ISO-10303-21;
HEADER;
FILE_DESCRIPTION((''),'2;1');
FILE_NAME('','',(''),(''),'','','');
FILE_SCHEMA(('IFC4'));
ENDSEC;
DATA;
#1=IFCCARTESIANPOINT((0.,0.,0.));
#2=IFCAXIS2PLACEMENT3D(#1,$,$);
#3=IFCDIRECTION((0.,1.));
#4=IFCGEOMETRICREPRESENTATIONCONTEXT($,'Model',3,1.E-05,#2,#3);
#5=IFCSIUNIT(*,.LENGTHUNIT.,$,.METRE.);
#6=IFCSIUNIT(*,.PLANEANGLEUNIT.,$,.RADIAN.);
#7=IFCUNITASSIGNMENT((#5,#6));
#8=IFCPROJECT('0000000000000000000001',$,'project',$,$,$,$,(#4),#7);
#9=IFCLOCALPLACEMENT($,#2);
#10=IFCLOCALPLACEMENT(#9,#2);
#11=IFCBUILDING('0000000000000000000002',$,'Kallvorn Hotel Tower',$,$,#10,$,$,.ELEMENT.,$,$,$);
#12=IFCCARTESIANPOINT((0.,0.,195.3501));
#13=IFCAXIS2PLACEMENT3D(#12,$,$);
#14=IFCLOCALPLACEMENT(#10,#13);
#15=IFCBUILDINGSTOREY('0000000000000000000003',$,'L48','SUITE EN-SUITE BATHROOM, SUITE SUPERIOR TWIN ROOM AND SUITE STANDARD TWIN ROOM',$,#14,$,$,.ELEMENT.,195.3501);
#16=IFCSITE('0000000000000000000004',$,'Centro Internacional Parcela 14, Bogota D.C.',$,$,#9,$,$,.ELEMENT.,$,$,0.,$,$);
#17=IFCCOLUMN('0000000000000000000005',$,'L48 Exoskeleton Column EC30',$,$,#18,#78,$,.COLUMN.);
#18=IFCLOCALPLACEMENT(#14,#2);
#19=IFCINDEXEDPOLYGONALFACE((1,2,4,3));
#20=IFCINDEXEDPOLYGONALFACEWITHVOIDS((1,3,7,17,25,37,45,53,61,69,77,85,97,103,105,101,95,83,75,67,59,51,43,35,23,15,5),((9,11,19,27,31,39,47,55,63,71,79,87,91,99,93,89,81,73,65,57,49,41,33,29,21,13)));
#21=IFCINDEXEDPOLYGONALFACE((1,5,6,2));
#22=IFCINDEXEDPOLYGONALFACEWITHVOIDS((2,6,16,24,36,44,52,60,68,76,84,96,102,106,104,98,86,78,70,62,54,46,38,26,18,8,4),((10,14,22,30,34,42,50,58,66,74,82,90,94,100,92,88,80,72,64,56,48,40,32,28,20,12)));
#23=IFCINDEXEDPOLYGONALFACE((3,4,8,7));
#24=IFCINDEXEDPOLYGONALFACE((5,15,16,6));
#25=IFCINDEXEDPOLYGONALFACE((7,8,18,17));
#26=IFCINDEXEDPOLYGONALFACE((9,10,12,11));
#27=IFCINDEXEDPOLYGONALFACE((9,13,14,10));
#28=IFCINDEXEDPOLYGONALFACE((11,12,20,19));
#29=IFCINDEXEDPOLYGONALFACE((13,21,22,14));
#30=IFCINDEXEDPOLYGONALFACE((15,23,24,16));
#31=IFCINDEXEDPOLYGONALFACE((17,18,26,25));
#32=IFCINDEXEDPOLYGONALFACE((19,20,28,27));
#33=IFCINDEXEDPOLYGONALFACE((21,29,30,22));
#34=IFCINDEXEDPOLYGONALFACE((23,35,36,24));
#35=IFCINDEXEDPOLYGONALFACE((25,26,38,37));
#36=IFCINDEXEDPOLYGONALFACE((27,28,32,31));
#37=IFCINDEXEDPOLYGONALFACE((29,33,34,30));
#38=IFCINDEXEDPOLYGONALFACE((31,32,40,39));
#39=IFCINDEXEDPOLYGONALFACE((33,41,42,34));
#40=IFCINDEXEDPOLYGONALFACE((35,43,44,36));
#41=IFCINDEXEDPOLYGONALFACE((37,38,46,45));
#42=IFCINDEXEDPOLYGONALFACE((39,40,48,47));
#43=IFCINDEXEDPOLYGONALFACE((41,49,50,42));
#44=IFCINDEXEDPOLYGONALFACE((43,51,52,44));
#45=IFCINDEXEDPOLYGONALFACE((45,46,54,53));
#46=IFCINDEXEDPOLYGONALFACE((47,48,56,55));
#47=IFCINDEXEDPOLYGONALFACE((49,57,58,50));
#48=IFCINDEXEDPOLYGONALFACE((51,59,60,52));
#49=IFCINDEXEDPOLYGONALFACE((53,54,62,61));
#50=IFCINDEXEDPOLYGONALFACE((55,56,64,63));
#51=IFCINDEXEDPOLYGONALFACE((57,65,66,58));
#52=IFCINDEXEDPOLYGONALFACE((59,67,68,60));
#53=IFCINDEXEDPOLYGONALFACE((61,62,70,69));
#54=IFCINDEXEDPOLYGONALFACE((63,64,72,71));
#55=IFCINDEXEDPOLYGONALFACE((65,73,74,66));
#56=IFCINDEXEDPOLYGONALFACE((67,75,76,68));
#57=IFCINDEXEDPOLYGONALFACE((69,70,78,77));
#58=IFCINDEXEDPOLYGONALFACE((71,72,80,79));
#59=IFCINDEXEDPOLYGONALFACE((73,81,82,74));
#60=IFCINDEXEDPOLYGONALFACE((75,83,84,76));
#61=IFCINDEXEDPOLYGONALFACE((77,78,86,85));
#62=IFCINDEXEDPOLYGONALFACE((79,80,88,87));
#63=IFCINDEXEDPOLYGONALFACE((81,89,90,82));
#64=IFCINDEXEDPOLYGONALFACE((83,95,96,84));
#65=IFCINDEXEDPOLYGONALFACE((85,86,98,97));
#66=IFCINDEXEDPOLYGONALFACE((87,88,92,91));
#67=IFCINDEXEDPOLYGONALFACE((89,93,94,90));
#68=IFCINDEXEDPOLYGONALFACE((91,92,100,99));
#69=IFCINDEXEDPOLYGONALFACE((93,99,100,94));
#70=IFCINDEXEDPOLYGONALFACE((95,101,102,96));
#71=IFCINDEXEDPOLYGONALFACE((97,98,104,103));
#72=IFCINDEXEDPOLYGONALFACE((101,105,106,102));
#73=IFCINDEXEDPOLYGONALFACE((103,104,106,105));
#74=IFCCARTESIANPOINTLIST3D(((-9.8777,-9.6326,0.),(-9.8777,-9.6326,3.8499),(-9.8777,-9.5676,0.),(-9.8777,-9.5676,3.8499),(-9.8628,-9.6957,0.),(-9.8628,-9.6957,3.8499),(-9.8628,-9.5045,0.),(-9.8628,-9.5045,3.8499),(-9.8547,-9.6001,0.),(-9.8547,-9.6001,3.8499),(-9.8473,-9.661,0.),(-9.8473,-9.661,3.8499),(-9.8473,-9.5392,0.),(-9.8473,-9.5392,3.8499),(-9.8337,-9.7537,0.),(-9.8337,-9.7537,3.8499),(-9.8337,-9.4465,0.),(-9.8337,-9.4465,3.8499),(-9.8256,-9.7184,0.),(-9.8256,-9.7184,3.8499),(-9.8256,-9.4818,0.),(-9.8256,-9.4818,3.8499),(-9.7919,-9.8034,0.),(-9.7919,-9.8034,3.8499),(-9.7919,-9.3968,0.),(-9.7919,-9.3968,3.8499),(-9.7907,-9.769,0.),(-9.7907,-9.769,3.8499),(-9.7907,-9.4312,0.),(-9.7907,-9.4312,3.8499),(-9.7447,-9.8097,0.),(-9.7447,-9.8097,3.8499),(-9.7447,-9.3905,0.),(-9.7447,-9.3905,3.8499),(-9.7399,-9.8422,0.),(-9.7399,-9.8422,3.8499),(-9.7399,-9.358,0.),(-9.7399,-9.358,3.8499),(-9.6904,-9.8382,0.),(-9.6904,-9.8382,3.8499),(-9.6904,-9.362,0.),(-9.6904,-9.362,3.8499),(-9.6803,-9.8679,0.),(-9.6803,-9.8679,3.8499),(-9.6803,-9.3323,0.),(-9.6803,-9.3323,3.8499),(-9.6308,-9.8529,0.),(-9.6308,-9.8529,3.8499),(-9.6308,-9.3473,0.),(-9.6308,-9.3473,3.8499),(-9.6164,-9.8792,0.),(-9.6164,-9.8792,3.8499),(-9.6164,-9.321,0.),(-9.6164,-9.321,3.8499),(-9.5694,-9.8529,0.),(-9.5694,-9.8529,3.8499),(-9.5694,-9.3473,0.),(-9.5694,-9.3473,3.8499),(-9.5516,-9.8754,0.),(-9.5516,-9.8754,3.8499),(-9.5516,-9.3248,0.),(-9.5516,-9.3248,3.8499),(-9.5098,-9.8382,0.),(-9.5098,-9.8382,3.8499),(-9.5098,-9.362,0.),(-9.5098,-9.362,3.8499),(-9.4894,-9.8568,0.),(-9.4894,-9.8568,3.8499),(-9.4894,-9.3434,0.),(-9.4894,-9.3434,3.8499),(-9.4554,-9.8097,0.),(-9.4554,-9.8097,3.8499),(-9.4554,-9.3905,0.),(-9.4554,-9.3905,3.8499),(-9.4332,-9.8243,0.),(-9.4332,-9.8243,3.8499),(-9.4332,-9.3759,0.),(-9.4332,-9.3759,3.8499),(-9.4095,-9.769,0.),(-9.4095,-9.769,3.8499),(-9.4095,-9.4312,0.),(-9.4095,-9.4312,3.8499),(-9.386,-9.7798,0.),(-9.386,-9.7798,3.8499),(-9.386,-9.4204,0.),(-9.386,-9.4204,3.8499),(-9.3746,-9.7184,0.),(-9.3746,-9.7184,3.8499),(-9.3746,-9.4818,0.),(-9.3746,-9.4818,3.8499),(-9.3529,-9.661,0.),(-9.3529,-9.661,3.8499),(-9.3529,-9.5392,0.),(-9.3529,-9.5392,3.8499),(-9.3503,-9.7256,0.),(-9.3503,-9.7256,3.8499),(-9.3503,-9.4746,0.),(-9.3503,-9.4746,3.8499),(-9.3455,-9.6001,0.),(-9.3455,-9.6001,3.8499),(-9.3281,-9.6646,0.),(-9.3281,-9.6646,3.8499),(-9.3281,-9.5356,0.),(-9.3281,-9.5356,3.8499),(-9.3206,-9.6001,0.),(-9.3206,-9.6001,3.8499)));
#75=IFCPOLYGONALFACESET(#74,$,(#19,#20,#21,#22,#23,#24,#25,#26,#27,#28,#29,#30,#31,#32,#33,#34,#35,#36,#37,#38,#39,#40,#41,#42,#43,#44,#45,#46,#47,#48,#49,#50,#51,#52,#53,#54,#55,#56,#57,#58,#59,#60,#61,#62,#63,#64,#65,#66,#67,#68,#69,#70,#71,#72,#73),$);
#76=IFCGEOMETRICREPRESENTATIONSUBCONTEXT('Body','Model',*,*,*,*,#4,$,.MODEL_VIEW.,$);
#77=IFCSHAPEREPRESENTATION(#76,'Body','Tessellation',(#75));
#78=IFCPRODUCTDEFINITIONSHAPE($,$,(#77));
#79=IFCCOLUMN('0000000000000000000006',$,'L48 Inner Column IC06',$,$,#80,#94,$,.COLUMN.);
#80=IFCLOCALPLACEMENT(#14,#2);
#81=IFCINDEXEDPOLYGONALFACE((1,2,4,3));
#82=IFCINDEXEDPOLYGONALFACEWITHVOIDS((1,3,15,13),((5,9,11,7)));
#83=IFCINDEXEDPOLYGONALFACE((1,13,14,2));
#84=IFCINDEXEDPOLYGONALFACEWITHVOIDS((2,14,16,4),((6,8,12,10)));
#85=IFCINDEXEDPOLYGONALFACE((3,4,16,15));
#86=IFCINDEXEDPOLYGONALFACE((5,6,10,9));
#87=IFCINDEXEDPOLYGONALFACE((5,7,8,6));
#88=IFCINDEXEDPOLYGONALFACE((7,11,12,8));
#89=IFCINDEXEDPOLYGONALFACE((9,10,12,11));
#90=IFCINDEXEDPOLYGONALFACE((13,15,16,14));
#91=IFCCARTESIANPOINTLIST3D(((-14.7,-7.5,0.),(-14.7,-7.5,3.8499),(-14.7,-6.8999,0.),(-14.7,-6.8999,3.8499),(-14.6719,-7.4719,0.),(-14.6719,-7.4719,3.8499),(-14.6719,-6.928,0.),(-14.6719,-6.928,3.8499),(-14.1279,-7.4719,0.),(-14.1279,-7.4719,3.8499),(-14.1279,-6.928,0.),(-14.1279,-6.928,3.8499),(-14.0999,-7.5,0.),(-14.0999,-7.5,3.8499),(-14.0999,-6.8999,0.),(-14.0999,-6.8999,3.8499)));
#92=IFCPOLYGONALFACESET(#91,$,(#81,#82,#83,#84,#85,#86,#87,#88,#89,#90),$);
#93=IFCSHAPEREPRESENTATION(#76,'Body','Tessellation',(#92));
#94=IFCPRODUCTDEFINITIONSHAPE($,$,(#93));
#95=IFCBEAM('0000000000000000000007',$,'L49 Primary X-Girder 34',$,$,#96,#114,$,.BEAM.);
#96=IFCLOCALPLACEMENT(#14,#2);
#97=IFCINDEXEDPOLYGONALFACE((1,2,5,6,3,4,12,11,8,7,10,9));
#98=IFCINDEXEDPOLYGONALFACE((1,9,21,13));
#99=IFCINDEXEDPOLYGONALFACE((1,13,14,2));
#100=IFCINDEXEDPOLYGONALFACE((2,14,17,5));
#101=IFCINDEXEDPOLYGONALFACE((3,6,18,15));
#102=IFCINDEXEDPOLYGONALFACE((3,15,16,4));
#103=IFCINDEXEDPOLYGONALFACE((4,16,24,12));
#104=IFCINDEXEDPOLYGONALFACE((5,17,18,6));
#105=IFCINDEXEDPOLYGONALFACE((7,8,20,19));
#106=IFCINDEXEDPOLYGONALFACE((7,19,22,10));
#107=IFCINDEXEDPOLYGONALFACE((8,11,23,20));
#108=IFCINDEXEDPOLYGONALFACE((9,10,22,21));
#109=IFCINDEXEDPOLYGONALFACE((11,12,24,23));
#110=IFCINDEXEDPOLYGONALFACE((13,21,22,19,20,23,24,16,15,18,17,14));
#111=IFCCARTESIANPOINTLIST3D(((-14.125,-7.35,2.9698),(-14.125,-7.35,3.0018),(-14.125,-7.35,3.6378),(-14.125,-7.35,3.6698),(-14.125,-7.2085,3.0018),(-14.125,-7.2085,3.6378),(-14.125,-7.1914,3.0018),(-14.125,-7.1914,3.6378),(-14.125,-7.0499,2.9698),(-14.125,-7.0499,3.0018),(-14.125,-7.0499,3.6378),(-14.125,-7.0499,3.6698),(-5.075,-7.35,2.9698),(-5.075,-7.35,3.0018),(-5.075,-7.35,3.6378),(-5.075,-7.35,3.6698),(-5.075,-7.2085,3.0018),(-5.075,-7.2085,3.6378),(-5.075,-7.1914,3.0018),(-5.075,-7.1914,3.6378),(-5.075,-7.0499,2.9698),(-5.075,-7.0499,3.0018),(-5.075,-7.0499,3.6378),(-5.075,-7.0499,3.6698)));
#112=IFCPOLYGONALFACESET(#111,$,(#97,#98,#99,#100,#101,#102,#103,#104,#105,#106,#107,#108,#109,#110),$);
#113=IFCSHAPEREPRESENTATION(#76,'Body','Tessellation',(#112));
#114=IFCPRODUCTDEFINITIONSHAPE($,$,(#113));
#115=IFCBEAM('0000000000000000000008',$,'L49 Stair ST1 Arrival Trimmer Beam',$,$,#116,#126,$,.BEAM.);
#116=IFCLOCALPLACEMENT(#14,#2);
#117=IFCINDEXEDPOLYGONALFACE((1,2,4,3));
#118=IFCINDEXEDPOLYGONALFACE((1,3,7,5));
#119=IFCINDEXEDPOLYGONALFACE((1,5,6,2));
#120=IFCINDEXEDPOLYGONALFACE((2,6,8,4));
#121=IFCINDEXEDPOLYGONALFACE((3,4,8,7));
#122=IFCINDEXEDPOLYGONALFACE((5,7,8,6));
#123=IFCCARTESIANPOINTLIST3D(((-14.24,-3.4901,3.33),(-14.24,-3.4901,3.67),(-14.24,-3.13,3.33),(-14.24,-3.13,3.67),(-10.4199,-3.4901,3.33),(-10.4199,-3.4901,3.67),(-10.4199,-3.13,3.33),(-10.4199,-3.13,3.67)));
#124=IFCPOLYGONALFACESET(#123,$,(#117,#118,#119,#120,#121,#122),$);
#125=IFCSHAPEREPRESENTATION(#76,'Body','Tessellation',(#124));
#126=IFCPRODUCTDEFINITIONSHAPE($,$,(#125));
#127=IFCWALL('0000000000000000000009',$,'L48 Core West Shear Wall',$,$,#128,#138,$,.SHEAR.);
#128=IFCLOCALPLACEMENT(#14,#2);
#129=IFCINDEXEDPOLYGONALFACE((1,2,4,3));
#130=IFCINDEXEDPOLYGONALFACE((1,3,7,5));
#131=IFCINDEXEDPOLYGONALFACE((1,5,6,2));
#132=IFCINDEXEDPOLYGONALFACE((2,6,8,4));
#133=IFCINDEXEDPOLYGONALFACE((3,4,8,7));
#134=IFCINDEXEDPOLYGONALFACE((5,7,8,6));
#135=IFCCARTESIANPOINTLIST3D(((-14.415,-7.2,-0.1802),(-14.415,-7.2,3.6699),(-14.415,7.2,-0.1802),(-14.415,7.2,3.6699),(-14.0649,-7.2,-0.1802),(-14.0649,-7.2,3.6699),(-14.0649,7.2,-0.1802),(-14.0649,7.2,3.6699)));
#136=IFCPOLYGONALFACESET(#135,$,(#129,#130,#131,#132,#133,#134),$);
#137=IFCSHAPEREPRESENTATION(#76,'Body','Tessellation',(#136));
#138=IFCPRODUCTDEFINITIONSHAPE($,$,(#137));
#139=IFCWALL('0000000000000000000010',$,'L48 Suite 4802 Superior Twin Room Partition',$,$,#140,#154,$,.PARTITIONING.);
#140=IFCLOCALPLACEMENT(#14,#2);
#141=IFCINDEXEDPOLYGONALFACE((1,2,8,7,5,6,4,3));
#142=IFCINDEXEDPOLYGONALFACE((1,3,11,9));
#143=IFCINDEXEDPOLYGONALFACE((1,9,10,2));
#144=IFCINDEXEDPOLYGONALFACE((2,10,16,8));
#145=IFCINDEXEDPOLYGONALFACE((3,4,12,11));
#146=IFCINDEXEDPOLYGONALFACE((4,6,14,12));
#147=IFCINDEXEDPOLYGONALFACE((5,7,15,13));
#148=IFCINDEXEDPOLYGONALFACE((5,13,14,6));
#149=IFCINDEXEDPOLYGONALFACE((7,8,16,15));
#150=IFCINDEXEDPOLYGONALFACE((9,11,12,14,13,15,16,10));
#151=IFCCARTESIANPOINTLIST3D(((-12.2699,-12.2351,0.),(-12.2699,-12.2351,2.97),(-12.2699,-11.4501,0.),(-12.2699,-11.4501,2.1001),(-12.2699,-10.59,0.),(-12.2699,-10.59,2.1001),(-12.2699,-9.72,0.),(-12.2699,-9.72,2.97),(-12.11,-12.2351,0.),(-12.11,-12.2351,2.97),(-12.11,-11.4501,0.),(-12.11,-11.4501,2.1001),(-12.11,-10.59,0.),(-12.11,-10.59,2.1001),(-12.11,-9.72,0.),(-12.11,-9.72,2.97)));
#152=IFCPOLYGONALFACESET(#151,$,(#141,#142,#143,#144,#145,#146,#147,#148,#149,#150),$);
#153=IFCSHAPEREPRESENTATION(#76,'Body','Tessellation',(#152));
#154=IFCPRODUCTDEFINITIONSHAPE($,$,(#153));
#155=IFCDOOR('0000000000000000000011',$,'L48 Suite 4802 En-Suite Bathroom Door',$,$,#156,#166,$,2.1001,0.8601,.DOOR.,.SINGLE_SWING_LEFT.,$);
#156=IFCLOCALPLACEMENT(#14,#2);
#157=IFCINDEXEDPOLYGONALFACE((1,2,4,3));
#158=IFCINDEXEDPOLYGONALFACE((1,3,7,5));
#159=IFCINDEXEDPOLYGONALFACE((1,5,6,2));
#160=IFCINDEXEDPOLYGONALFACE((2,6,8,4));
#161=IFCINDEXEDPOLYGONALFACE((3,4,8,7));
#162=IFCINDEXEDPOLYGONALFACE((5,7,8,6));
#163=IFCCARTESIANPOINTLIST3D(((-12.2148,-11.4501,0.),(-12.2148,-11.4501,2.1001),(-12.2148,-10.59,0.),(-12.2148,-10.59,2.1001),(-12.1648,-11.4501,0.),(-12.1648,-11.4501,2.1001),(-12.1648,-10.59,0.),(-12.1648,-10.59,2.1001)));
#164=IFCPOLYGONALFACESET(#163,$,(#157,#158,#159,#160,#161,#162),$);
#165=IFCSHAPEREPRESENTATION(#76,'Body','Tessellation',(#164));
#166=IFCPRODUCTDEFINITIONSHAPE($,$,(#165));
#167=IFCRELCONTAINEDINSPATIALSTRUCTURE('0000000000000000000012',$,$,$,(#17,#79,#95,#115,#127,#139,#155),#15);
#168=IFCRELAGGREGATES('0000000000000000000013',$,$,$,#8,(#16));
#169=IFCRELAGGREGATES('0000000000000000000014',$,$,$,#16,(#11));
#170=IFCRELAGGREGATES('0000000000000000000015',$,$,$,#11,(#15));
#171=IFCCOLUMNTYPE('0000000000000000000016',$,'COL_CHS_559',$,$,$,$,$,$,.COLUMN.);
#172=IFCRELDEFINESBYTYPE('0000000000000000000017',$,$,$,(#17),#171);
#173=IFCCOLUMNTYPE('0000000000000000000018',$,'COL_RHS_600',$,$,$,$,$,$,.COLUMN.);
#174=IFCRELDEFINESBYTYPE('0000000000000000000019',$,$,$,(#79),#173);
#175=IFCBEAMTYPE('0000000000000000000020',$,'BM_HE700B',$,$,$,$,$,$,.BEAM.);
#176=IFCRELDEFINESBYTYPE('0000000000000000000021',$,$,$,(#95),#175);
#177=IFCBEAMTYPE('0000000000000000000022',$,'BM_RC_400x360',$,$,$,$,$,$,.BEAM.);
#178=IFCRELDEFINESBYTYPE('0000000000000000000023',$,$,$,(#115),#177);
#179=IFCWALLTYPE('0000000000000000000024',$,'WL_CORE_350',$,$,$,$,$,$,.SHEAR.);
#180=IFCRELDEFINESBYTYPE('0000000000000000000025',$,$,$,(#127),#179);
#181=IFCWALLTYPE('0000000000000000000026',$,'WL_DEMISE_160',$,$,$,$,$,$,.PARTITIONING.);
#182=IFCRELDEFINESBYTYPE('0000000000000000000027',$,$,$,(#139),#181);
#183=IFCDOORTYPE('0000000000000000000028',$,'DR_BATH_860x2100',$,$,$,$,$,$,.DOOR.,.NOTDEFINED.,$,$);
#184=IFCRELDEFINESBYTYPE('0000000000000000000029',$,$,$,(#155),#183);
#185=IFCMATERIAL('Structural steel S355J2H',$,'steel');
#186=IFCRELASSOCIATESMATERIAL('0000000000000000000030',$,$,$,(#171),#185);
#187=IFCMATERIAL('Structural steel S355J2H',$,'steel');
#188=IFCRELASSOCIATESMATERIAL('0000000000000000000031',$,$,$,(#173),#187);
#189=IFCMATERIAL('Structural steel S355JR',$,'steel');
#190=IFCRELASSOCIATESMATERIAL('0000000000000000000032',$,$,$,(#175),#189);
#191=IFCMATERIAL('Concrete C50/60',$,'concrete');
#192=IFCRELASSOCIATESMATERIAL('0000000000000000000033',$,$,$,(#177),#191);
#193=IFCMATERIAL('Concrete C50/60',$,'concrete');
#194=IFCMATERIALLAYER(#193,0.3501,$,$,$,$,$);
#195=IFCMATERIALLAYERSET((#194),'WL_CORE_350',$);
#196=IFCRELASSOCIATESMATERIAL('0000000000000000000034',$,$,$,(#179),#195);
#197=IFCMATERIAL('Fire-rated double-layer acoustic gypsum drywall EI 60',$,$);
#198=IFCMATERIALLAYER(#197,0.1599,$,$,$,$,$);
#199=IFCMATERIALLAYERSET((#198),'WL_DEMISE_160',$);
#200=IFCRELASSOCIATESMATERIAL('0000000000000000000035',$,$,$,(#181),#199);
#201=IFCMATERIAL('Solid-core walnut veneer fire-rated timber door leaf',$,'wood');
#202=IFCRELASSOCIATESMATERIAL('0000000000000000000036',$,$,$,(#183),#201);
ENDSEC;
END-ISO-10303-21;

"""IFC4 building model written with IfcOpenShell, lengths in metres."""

from ifc_helpers import new_model, si_unit, direction, frame, frame_2d, origin, origin_2d, place, context, subcontext, project, spatial, rectangle, hollow_rectangle, hollow_circle, i_section, extrude, material, layer, layer_set, material_profile, profile_set, type_object, element, fill, save


model = new_model("IFC4")

# Units and contexts
model_context = context("Model", 3, precision=1e-05, world=origin(), true_north=direction((0.0, 1.0)))
body_context = subcontext(model_context, "Body", "Model", "MODEL_VIEW")
ifc_project = project(units=[si_unit("LENGTHUNIT", "METRE"), si_unit("PLANEANGLEUNIT", "RADIAN")], contexts=[model_context])

# Site, building, storey
site_placement = place(None, origin())
site = spatial("IfcSite", under=ifc_project, at=site_placement, Name="Centro Internacional Parcela 14, Bogota D.C.", CompositionType="ELEMENT", RefElevation=0.0)
building_placement = place(site_placement, origin())
building = spatial("IfcBuilding", under=site, at=building_placement, Name="Kallvorn Hotel Tower", CompositionType="ELEMENT")
storey_placement = place(building_placement, frame((0.0, 0.0, 195.3501)))
storey = spatial("IfcBuildingStorey", under=building, at=storey_placement, Name="L48", Description="SUITE EN-SUITE BATHROOM, SUITE SUPERIOR TWIN ROOM AND SUITE STANDARD TWIN ROOM", CompositionType="ELEMENT", Elevation=195.3501)

# Columns
ifc_material_1 = material(Name="Structural steel S355J2H", Category="steel")
ifc_material_profile_1 = material_profile(ifc_material_1, hollow_circle(Radius=0.2795, WallThickness=0.0249, at=origin_2d()), Name="CHS 559x25")
ifc_profile_set_1 = profile_set([ifc_material_profile_1], Name="Structural steel S355J2H")
column_type_1 = type_object("IfcColumnType", Name="COL_CHS_559", PredefinedType="COLUMN", material=ifc_profile_set_1)
column_1_placement = place(storey_placement, frame((-9.6001, -9.6001, 0.0), z_axis=(0.0, 0.0, 1.0), x_axis=(1.0, 0.0, 0.0)))
element("IfcColumn", 1, at=column_1_placement, inside=storey, type_object=column_type_1, Name="L48 Exoskeleton Column EC30", PredefinedType="COLUMN", context=body_context, shape_type="SweptSolid", body=[
    extrude(hollow_circle(Radius=0.2795, WallThickness=0.0249, at=origin_2d()), origin(), (0.0, 0.0, 1.0), 3.8499),
])
ifc_material_2 = material(Name="Structural steel S355J2H", Category="steel")
ifc_material_profile_2 = material_profile(ifc_material_2, hollow_rectangle(XDim=0.6001, YDim=0.6001, WallThickness=0.0281, at=origin_2d()), Name="RHS 600x600x28")
ifc_profile_set_2 = profile_set([ifc_material_profile_2], Name="Structural steel S355J2H")
column_type_2 = type_object("IfcColumnType", Name="COL_RHS_600", PredefinedType="COLUMN", material=ifc_profile_set_2)
column_2_placement = place(storey_placement, frame((-14.3999, -7.2, 0.0), z_axis=(0.0, 0.0, 1.0), x_axis=(1.0, 0.0, 0.0)))
element("IfcColumn", 2, at=column_2_placement, inside=storey, type_object=column_type_2, Name="L48 Inner Column IC06", PredefinedType="COLUMN", context=body_context, shape_type="SweptSolid", body=[
    extrude(hollow_rectangle(XDim=0.6001, YDim=0.6001, WallThickness=0.0281, at=origin_2d()), origin(), (0.0, 0.0, 1.0), 3.8499),
])

# Beams
ifc_material_3 = material(Name="Structural steel S355JR", Category="steel")
ifc_material_profile_3 = material_profile(ifc_material_3, i_section(OverallWidth=0.3, OverallDepth=0.7, WebThickness=0.0171, FlangeThickness=0.032, at=origin_2d()), Name="HE 700 B")
ifc_profile_set_3 = profile_set([ifc_material_profile_3], Name="Structural steel S355JR")
beam_type_1 = type_object("IfcBeamType", Name="BM_HE700B", PredefinedType="BEAM", material=ifc_profile_set_3)
beam_1_placement = place(storey_placement, frame((-14.125, -7.2, 3.3198), z_axis=(1.0, 0.0, 0.0), x_axis=(0.0, 1.0, 0.0)))
element("IfcBeam", 3, at=beam_1_placement, inside=storey, type_object=beam_type_1, Name="L49 Primary X-Girder 34", PredefinedType="BEAM", context=body_context, shape_type="SweptSolid", body=[
    extrude(i_section(OverallWidth=0.3, OverallDepth=0.7, WebThickness=0.0171, FlangeThickness=0.032, at=origin_2d()), origin(), (0.0, 0.0, 1.0), 9.05),
])
ifc_material_4 = material(Name="Concrete C50/60", Category="concrete")
ifc_material_profile_4 = material_profile(ifc_material_4, rectangle(XDim=0.3601, YDim=0.3401, at=origin_2d()), Name="RC 360x340")
ifc_profile_set_4 = profile_set([ifc_material_profile_4], Name="Concrete C50/60")
beam_type_2 = type_object("IfcBeamType", Name="BM_RC_400x360", PredefinedType="BEAM", material=ifc_profile_set_4)
beam_2_placement = place(storey_placement, frame((-10.4199, -3.3101, 3.5), z_axis=(-1.0, 0.0, 0.0), x_axis=(0.0, -1.0, 0.0)))
element("IfcBeam", 4, at=beam_2_placement, inside=storey, type_object=beam_type_2, Name="L49 Stair ST1 Arrival Trimmer Beam", PredefinedType="BEAM", context=body_context, shape_type="SweptSolid", body=[
    extrude(rectangle(XDim=0.3601, YDim=0.3401, at=origin_2d()), origin(), (0.0, 0.0, 1.0), 3.8201),
])

# Wall
ifc_material_5 = material(Name="Concrete C50/60", Category="concrete")
ifc_layer_1 = layer(ifc_material_5, 0.3501)
ifc_layer_set_1 = layer_set([ifc_layer_1], Name="WL_CORE_350")
wall_type_1 = type_object("IfcWallType", Name="WL_CORE_350", PredefinedType="SHEAR", material=ifc_layer_set_1)
wall_1_placement = place(storey_placement, frame((-14.24, -7.2, -0.1802), z_axis=(0.0, 0.0, 1.0), x_axis=(0.0, 1.0, 0.0)))
element("IfcWall", 5, at=wall_1_placement, inside=storey, type_object=wall_type_1, Name="L48 Core West Shear Wall", PredefinedType="SHEAR", context=body_context, shape_type="SweptSolid", body=[
    extrude(rectangle(XDim=14.3999, YDim=0.3501, at=frame_2d((7.2, 0.0))), origin(), (0.0, 0.0, 1.0), 3.8501),
])

# Wall, opening, door
ifc_material_6 = material(Name="Fire-rated double-layer acoustic gypsum drywall EI 60")
ifc_layer_2 = layer(ifc_material_6, 0.1599)
ifc_layer_set_2 = layer_set([ifc_layer_2], Name="WL_DEMISE_160")
wall_type_2 = type_object("IfcWallType", Name="WL_DEMISE_160", PredefinedType="PARTITIONING", material=ifc_layer_set_2)
wall_2_placement = place(storey_placement, frame((-12.1899, -12.2351, 0.0), z_axis=(0.0, 0.0, 1.0), x_axis=(0.0, 1.0, 0.0)))
wall_2 = element("IfcWall", 6, at=wall_2_placement, inside=storey, type_object=wall_type_2, Name="L48 Suite 4802 Superior Twin Room Partition", PredefinedType="PARTITIONING", context=body_context, shape_type="SweptSolid", body=[
    extrude(rectangle(XDim=2.5151, YDim=0.1599, at=frame_2d((1.2576, 0.0))), origin(), (0.0, 0.0, 1.0), 2.97),
])
opening_1_placement = place(wall_2_placement, frame((0.7849, 0.0, 0.0)))
opening_1 = element("IfcOpeningElement", 7, at=opening_1_placement, cuts=wall_2, PredefinedType="OPENING", context=body_context, shape_type="SweptSolid", body=[
    extrude(rectangle(XDim=0.8601, YDim=2.1001, at=frame_2d((0.4302, 1.05))), frame((0.0, 0.095, 0.0), z_axis=(0.0, -1.0, 0.0), x_axis=(1.0, 0.0, 0.0)), (0.0, 0.0, 1.0), 0.1899),
])
ifc_material_7 = material(Name="Solid-core walnut veneer fire-rated timber door leaf", Category="wood")
door_type_1 = type_object("IfcDoorType", Name="DR_BATH_860x2100", OperationType="NOTDEFINED", PredefinedType="DOOR", material=ifc_material_7)
door_1_placement = place(opening_1_placement, origin())
door_1 = element("IfcDoor", 8, at=door_1_placement, inside=storey, type_object=door_type_1, Name="L48 Suite 4802 En-Suite Bathroom Door", OperationType="SINGLE_SWING_LEFT", OverallHeight=2.1001, OverallWidth=0.8601, PredefinedType="DOOR", context=body_context, shape_type="SweptSolid", body=[
    extrude(rectangle(XDim=0.8601, YDim=2.1001, at=frame_2d((0.4302, 1.05))), frame((0.0, 0.0249, 0.0), z_axis=(0.0, -1.0, 0.0), x_axis=(1.0, 0.0, 0.0)), (0.0, 0.0, 1.0), 0.05),
])
fill(opening_1, door_1)

save(model, "model.ifc")
